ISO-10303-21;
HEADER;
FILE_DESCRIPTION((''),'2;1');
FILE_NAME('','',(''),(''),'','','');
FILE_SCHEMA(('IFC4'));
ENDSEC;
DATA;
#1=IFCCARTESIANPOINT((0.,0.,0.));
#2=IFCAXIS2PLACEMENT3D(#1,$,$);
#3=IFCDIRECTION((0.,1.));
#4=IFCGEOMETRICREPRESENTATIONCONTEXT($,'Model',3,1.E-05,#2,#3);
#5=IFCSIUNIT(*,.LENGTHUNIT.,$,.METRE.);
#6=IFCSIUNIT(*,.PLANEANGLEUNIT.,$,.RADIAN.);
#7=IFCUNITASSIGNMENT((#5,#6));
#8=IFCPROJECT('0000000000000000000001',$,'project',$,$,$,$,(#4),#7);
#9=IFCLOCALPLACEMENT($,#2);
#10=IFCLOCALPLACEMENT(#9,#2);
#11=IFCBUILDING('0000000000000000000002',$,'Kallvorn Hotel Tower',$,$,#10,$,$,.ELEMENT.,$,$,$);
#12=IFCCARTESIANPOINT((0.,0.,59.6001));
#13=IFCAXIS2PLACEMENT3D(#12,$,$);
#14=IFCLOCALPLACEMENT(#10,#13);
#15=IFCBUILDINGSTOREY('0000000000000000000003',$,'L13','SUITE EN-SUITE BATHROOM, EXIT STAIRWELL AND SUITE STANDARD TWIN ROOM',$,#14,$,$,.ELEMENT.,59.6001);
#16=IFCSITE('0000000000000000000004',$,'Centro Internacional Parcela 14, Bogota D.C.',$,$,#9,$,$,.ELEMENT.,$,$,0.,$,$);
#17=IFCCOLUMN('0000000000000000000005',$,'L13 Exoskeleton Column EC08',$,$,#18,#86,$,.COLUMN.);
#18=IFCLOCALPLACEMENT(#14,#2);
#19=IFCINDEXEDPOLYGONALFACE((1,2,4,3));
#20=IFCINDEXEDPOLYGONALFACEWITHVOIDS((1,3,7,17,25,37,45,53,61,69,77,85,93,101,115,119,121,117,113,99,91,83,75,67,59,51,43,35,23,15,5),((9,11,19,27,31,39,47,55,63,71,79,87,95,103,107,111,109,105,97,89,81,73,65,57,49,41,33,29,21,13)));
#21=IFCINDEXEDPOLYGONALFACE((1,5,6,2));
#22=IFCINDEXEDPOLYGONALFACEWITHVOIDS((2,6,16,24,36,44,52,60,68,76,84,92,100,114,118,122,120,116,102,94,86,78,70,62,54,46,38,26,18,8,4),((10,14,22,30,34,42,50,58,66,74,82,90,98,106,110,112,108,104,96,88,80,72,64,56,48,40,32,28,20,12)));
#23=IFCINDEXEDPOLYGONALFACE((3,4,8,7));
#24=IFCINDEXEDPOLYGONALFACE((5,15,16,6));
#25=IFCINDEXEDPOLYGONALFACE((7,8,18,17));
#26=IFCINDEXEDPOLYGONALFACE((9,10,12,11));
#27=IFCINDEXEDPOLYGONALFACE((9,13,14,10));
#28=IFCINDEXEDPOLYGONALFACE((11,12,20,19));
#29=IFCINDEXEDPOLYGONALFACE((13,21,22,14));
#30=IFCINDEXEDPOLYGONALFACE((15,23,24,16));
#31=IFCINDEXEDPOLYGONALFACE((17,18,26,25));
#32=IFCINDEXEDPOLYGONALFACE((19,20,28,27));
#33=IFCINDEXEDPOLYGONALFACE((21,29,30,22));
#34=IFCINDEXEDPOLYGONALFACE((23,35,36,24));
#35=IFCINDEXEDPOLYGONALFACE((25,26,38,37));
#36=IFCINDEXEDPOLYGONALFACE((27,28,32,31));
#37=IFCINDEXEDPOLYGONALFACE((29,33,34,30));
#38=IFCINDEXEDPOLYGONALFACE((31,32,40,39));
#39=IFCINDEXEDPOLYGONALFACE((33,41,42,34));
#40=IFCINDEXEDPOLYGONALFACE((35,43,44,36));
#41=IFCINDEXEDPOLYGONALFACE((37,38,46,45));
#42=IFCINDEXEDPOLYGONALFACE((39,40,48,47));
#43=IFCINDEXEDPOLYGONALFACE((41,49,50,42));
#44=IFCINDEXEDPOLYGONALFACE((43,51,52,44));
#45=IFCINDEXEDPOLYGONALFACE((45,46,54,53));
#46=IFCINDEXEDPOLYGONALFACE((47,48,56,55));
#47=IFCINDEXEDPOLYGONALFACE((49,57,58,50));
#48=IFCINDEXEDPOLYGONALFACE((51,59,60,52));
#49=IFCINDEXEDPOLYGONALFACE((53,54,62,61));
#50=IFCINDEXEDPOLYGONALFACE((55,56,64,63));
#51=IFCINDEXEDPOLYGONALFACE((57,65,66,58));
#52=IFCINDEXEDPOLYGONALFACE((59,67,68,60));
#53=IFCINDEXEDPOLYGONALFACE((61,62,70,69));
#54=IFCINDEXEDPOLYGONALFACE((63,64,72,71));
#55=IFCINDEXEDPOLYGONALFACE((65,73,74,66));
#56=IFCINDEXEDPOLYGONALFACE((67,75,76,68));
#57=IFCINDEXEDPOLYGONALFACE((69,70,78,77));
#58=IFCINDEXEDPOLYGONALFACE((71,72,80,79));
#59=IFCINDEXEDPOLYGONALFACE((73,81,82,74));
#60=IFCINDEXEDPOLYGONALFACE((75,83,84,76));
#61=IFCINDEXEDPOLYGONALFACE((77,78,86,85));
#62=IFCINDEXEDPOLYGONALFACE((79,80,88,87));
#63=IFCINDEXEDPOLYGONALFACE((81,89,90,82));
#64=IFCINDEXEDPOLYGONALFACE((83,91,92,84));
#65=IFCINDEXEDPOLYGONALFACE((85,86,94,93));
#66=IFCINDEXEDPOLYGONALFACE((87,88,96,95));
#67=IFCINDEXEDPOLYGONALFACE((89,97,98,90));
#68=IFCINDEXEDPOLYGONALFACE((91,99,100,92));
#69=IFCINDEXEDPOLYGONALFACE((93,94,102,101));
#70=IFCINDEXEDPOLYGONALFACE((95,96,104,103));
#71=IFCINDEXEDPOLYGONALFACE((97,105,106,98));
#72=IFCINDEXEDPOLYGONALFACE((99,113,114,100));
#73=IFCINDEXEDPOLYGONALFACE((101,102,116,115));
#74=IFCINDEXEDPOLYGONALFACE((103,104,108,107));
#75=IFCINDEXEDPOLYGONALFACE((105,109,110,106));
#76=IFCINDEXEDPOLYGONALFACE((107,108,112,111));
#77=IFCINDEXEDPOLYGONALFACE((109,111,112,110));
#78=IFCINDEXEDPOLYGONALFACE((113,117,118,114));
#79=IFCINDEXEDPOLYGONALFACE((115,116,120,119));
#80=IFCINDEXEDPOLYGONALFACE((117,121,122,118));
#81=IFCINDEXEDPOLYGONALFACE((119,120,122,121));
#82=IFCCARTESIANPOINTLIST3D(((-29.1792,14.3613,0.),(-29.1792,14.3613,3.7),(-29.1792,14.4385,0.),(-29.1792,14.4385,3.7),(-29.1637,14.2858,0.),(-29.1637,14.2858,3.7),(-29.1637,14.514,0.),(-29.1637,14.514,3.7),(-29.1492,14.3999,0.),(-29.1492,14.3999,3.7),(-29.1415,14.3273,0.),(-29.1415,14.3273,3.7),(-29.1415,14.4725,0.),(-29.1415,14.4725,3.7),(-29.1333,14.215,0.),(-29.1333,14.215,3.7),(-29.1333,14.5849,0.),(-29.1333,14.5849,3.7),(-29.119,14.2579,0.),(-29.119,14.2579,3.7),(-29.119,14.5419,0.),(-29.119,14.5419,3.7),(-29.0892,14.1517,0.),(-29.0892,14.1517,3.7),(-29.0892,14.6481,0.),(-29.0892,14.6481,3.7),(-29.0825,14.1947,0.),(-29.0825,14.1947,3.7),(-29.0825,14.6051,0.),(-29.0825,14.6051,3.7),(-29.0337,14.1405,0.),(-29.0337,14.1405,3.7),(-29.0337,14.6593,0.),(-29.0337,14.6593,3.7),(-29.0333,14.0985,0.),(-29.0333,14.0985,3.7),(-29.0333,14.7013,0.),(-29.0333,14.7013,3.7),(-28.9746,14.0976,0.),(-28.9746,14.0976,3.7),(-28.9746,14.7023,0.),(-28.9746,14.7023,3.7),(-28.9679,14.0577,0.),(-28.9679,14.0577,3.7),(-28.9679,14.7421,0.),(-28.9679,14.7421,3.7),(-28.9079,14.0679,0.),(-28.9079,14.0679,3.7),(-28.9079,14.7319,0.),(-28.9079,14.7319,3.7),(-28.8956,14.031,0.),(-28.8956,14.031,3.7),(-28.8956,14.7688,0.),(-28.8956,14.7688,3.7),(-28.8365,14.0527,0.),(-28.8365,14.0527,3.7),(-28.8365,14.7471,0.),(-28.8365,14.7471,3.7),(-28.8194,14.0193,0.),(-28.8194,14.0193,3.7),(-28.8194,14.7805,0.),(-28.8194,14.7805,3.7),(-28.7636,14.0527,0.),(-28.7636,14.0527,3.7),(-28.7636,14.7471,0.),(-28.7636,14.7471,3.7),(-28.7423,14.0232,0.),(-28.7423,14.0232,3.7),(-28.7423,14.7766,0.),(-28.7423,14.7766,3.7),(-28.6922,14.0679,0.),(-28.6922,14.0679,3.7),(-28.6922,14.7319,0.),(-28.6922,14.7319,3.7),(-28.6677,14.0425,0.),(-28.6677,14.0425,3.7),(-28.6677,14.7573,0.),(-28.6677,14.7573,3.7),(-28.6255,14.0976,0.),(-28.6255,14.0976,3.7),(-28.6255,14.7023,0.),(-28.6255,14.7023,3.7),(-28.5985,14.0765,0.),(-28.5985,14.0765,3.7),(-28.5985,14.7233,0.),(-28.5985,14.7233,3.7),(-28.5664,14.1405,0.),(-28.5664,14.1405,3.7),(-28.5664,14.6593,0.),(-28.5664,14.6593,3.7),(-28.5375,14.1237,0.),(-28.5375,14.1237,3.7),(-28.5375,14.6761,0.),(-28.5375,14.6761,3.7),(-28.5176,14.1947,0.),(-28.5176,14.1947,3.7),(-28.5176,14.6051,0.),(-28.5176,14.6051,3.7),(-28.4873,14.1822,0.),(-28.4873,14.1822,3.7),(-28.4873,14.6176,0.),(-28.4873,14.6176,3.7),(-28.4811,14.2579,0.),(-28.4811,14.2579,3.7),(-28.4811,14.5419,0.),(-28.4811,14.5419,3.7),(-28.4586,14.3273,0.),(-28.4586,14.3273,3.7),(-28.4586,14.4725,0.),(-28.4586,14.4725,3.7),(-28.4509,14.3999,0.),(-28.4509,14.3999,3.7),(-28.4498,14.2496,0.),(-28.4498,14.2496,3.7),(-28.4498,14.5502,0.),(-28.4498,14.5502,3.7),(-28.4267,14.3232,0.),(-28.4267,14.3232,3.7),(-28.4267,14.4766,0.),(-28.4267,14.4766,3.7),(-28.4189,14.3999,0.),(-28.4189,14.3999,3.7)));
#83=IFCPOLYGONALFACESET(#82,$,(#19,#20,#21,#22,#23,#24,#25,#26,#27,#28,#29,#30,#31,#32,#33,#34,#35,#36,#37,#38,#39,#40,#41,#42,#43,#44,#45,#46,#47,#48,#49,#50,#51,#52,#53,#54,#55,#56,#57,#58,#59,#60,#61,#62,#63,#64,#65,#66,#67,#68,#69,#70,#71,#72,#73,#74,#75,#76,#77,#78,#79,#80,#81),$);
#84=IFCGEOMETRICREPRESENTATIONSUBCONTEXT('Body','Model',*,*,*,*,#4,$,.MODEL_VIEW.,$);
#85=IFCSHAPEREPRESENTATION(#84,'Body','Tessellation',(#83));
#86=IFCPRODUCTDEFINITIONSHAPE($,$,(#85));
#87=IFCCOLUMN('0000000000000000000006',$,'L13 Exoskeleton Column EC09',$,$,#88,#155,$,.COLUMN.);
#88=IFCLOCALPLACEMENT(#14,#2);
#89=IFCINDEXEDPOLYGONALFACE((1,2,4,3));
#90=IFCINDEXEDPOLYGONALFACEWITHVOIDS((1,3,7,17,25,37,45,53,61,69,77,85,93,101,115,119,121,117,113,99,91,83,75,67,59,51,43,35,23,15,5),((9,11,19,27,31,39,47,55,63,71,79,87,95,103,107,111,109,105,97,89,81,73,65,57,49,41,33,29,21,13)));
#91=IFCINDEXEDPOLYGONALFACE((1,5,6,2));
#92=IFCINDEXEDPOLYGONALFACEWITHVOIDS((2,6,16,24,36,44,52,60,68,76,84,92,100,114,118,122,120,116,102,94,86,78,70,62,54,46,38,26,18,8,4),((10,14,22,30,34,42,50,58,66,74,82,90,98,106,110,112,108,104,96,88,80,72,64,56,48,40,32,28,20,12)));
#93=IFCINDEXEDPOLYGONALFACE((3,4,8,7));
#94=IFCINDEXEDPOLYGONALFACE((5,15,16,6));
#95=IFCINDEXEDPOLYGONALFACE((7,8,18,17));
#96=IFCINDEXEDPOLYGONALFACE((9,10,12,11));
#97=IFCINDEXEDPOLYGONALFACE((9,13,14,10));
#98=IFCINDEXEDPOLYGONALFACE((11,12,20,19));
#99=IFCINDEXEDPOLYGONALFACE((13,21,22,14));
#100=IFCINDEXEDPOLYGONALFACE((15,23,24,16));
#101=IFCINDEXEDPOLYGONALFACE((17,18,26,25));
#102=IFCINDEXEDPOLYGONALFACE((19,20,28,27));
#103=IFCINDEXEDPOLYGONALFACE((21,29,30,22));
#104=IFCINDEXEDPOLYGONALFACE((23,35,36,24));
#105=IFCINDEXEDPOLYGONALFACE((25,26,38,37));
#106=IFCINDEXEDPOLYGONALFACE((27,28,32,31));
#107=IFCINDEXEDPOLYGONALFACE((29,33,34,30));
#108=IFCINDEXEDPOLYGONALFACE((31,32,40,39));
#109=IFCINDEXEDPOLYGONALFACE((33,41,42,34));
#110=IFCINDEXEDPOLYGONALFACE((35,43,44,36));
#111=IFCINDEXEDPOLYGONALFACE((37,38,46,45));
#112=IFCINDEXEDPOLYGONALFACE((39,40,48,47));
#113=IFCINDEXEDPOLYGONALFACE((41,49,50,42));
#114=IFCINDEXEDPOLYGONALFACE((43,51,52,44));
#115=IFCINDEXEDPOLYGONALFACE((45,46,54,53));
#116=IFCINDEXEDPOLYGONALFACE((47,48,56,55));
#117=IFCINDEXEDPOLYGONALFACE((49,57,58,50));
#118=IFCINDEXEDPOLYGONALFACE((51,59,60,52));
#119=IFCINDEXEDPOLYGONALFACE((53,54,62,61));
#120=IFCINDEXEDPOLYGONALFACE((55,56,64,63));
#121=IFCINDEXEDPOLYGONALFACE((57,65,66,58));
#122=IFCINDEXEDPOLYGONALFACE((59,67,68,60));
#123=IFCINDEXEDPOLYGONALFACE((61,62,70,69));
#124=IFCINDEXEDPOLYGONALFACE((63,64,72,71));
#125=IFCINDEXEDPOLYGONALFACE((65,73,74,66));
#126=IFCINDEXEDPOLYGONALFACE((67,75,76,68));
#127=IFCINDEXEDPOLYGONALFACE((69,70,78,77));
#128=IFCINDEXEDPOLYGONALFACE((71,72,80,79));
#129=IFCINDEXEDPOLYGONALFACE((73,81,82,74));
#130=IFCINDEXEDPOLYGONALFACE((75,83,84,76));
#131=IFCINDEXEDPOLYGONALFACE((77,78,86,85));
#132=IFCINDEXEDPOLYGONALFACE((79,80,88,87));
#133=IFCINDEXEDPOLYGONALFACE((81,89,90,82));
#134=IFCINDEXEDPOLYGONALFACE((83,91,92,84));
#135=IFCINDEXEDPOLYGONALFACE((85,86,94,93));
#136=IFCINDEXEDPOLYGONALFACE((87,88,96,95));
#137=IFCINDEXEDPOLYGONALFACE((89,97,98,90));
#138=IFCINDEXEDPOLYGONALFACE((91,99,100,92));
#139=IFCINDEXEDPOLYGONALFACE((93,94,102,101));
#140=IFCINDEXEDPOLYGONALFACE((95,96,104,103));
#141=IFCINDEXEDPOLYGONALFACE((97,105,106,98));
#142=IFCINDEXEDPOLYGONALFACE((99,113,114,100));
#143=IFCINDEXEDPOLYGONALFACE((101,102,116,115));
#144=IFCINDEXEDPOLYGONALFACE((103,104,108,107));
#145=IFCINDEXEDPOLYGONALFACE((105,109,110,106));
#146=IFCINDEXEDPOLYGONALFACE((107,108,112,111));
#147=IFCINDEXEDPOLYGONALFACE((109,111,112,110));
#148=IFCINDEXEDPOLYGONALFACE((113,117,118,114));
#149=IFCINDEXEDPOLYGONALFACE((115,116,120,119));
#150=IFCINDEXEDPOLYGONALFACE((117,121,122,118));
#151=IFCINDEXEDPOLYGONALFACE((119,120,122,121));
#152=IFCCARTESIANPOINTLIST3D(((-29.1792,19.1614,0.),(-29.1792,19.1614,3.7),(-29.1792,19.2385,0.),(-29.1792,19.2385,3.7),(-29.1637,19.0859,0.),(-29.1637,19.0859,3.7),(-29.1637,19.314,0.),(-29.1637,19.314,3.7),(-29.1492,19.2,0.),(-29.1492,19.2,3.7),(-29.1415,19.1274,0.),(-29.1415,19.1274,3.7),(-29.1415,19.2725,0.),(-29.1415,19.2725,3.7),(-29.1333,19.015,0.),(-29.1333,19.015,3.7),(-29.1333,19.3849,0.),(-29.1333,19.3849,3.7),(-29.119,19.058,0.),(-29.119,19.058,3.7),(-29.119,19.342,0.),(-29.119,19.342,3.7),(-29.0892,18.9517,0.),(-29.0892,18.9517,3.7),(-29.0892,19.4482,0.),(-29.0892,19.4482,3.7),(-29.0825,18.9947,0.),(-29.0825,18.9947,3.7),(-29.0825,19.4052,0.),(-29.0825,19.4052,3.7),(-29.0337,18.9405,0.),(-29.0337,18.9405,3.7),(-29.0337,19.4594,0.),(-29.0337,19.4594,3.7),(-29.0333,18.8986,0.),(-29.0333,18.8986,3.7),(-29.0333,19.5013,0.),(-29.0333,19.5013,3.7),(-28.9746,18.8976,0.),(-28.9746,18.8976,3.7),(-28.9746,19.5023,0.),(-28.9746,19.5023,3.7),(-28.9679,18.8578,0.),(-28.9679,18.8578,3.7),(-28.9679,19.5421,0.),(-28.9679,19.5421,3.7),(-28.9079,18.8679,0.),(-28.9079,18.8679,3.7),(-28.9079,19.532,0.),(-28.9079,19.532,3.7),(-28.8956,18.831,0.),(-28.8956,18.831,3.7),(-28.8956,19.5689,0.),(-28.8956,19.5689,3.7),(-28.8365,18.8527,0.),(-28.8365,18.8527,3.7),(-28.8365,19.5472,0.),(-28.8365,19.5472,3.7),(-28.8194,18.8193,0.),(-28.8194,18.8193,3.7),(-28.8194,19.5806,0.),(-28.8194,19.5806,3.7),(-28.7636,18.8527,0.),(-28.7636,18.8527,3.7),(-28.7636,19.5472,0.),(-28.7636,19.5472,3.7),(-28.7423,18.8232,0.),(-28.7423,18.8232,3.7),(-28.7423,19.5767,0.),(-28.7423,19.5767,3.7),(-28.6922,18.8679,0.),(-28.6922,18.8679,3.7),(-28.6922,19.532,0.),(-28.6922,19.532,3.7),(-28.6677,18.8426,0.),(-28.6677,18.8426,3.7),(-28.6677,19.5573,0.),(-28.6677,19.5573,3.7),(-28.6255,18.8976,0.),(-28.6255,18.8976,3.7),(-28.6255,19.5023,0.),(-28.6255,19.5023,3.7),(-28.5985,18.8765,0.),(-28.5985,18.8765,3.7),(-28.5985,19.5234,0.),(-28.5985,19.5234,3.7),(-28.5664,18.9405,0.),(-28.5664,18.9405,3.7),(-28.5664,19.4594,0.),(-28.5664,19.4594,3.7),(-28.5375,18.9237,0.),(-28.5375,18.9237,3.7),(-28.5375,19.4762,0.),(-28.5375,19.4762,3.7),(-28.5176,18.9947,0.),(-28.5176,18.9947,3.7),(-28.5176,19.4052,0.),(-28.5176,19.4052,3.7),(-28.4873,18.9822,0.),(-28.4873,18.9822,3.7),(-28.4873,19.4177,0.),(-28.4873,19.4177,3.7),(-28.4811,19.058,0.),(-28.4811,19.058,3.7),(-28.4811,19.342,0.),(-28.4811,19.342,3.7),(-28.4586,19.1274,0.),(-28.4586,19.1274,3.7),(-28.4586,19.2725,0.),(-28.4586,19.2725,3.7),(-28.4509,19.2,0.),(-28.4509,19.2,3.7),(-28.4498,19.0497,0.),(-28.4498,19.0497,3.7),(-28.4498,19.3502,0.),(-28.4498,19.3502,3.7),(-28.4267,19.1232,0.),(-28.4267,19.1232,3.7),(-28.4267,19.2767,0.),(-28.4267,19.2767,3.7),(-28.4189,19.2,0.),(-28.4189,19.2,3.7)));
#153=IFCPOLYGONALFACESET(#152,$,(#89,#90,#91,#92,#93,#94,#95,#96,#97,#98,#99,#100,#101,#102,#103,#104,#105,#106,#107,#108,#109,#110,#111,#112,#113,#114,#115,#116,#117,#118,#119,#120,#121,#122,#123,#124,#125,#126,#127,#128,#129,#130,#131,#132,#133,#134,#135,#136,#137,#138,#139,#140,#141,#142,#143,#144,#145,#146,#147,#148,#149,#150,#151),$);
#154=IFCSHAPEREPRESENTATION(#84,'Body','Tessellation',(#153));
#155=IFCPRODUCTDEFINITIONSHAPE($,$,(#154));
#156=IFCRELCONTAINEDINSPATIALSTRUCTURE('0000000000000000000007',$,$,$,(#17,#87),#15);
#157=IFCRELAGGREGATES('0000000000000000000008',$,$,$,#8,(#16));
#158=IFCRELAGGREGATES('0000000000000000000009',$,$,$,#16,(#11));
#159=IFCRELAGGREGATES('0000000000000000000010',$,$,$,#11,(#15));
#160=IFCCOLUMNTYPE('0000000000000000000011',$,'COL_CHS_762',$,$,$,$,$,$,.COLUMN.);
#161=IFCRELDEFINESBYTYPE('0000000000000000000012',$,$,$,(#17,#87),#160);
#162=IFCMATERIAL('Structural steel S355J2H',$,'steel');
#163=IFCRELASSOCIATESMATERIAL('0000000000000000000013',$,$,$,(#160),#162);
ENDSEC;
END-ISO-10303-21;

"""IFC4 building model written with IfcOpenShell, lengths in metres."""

from ifc_helpers import new_model, si_unit, direction, frame, origin, origin_2d, place, context, subcontext, project, spatial, hollow_circle, extrude, material, material_profile, profile_set, type_object, element, save


model = new_model("IFC4")

# Units and contexts
model_context = context("Model", 3, precision=1e-05, world=origin(), true_north=direction((0.0, 1.0)))
body_context = subcontext(model_context, "Body", "Model", "MODEL_VIEW")
ifc_project = project(units=[si_unit("LENGTHUNIT", "METRE"), si_unit("PLANEANGLEUNIT", "RADIAN")], contexts=[model_context])

# Site, building, storey
site_placement = place(None, origin())
site = spatial("IfcSite", under=ifc_project, at=site_placement, Name="Centro Internacional Parcela 14, Bogota D.C.", CompositionType="ELEMENT", RefElevation=0.0)
building_placement = place(site_placement, origin())
building = spatial("IfcBuilding", under=site, at=building_placement, Name="Kallvorn Hotel Tower", CompositionType="ELEMENT")
storey_placement = place(building_placement, frame((0.0, 0.0, 59.6001)))
storey = spatial("IfcBuildingStorey", under=building, at=storey_placement, Name="L13", Description="SUITE EN-SUITE BATHROOM, EXIT STAIRWELL AND SUITE STANDARD TWIN ROOM", CompositionType="ELEMENT", Elevation=59.6001)

# Columns
ifc_material_1 = material(Name="Structural steel S355J2H", Category="steel")
ifc_material_profile_1 = material_profile(ifc_material_1, hollow_circle(Radius=0.3811, WallThickness=0.032, at=origin_2d()), Name="CHS 762x32")
ifc_profile_set_1 = profile_set([ifc_material_profile_1], Name="Structural steel S355J2H")
column_type_1 = type_object("IfcColumnType", Name="COL_CHS_762", PredefinedType="COLUMN", material=ifc_profile_set_1)
for number, where, z_axis, x_axis, name in (
    (1, (-28.8, 14.3999, 0.0), (0.0, 0.0, 1.0), (1.0, 0.0, 0.0), "L13 Exoskeleton Column EC08"),
    (2, (-28.8, 19.2, 0.0), (0.0, 0.0, 1.0), (1.0, 0.0, 0.0), "L13 Exoskeleton Column EC09"),
):
    element("IfcColumn", number, at=place(storey_placement, frame(where, z_axis=z_axis, x_axis=x_axis)), inside=storey, type_object=column_type_1, Name=name, PredefinedType="COLUMN", context=body_context, shape_type="SweptSolid", body=[
        extrude(hollow_circle(Radius=0.3811, WallThickness=0.032, at=origin_2d()), origin(), (0.0, 0.0, 1.0), 3.7),
    ])

save(model, "model.ifc")
